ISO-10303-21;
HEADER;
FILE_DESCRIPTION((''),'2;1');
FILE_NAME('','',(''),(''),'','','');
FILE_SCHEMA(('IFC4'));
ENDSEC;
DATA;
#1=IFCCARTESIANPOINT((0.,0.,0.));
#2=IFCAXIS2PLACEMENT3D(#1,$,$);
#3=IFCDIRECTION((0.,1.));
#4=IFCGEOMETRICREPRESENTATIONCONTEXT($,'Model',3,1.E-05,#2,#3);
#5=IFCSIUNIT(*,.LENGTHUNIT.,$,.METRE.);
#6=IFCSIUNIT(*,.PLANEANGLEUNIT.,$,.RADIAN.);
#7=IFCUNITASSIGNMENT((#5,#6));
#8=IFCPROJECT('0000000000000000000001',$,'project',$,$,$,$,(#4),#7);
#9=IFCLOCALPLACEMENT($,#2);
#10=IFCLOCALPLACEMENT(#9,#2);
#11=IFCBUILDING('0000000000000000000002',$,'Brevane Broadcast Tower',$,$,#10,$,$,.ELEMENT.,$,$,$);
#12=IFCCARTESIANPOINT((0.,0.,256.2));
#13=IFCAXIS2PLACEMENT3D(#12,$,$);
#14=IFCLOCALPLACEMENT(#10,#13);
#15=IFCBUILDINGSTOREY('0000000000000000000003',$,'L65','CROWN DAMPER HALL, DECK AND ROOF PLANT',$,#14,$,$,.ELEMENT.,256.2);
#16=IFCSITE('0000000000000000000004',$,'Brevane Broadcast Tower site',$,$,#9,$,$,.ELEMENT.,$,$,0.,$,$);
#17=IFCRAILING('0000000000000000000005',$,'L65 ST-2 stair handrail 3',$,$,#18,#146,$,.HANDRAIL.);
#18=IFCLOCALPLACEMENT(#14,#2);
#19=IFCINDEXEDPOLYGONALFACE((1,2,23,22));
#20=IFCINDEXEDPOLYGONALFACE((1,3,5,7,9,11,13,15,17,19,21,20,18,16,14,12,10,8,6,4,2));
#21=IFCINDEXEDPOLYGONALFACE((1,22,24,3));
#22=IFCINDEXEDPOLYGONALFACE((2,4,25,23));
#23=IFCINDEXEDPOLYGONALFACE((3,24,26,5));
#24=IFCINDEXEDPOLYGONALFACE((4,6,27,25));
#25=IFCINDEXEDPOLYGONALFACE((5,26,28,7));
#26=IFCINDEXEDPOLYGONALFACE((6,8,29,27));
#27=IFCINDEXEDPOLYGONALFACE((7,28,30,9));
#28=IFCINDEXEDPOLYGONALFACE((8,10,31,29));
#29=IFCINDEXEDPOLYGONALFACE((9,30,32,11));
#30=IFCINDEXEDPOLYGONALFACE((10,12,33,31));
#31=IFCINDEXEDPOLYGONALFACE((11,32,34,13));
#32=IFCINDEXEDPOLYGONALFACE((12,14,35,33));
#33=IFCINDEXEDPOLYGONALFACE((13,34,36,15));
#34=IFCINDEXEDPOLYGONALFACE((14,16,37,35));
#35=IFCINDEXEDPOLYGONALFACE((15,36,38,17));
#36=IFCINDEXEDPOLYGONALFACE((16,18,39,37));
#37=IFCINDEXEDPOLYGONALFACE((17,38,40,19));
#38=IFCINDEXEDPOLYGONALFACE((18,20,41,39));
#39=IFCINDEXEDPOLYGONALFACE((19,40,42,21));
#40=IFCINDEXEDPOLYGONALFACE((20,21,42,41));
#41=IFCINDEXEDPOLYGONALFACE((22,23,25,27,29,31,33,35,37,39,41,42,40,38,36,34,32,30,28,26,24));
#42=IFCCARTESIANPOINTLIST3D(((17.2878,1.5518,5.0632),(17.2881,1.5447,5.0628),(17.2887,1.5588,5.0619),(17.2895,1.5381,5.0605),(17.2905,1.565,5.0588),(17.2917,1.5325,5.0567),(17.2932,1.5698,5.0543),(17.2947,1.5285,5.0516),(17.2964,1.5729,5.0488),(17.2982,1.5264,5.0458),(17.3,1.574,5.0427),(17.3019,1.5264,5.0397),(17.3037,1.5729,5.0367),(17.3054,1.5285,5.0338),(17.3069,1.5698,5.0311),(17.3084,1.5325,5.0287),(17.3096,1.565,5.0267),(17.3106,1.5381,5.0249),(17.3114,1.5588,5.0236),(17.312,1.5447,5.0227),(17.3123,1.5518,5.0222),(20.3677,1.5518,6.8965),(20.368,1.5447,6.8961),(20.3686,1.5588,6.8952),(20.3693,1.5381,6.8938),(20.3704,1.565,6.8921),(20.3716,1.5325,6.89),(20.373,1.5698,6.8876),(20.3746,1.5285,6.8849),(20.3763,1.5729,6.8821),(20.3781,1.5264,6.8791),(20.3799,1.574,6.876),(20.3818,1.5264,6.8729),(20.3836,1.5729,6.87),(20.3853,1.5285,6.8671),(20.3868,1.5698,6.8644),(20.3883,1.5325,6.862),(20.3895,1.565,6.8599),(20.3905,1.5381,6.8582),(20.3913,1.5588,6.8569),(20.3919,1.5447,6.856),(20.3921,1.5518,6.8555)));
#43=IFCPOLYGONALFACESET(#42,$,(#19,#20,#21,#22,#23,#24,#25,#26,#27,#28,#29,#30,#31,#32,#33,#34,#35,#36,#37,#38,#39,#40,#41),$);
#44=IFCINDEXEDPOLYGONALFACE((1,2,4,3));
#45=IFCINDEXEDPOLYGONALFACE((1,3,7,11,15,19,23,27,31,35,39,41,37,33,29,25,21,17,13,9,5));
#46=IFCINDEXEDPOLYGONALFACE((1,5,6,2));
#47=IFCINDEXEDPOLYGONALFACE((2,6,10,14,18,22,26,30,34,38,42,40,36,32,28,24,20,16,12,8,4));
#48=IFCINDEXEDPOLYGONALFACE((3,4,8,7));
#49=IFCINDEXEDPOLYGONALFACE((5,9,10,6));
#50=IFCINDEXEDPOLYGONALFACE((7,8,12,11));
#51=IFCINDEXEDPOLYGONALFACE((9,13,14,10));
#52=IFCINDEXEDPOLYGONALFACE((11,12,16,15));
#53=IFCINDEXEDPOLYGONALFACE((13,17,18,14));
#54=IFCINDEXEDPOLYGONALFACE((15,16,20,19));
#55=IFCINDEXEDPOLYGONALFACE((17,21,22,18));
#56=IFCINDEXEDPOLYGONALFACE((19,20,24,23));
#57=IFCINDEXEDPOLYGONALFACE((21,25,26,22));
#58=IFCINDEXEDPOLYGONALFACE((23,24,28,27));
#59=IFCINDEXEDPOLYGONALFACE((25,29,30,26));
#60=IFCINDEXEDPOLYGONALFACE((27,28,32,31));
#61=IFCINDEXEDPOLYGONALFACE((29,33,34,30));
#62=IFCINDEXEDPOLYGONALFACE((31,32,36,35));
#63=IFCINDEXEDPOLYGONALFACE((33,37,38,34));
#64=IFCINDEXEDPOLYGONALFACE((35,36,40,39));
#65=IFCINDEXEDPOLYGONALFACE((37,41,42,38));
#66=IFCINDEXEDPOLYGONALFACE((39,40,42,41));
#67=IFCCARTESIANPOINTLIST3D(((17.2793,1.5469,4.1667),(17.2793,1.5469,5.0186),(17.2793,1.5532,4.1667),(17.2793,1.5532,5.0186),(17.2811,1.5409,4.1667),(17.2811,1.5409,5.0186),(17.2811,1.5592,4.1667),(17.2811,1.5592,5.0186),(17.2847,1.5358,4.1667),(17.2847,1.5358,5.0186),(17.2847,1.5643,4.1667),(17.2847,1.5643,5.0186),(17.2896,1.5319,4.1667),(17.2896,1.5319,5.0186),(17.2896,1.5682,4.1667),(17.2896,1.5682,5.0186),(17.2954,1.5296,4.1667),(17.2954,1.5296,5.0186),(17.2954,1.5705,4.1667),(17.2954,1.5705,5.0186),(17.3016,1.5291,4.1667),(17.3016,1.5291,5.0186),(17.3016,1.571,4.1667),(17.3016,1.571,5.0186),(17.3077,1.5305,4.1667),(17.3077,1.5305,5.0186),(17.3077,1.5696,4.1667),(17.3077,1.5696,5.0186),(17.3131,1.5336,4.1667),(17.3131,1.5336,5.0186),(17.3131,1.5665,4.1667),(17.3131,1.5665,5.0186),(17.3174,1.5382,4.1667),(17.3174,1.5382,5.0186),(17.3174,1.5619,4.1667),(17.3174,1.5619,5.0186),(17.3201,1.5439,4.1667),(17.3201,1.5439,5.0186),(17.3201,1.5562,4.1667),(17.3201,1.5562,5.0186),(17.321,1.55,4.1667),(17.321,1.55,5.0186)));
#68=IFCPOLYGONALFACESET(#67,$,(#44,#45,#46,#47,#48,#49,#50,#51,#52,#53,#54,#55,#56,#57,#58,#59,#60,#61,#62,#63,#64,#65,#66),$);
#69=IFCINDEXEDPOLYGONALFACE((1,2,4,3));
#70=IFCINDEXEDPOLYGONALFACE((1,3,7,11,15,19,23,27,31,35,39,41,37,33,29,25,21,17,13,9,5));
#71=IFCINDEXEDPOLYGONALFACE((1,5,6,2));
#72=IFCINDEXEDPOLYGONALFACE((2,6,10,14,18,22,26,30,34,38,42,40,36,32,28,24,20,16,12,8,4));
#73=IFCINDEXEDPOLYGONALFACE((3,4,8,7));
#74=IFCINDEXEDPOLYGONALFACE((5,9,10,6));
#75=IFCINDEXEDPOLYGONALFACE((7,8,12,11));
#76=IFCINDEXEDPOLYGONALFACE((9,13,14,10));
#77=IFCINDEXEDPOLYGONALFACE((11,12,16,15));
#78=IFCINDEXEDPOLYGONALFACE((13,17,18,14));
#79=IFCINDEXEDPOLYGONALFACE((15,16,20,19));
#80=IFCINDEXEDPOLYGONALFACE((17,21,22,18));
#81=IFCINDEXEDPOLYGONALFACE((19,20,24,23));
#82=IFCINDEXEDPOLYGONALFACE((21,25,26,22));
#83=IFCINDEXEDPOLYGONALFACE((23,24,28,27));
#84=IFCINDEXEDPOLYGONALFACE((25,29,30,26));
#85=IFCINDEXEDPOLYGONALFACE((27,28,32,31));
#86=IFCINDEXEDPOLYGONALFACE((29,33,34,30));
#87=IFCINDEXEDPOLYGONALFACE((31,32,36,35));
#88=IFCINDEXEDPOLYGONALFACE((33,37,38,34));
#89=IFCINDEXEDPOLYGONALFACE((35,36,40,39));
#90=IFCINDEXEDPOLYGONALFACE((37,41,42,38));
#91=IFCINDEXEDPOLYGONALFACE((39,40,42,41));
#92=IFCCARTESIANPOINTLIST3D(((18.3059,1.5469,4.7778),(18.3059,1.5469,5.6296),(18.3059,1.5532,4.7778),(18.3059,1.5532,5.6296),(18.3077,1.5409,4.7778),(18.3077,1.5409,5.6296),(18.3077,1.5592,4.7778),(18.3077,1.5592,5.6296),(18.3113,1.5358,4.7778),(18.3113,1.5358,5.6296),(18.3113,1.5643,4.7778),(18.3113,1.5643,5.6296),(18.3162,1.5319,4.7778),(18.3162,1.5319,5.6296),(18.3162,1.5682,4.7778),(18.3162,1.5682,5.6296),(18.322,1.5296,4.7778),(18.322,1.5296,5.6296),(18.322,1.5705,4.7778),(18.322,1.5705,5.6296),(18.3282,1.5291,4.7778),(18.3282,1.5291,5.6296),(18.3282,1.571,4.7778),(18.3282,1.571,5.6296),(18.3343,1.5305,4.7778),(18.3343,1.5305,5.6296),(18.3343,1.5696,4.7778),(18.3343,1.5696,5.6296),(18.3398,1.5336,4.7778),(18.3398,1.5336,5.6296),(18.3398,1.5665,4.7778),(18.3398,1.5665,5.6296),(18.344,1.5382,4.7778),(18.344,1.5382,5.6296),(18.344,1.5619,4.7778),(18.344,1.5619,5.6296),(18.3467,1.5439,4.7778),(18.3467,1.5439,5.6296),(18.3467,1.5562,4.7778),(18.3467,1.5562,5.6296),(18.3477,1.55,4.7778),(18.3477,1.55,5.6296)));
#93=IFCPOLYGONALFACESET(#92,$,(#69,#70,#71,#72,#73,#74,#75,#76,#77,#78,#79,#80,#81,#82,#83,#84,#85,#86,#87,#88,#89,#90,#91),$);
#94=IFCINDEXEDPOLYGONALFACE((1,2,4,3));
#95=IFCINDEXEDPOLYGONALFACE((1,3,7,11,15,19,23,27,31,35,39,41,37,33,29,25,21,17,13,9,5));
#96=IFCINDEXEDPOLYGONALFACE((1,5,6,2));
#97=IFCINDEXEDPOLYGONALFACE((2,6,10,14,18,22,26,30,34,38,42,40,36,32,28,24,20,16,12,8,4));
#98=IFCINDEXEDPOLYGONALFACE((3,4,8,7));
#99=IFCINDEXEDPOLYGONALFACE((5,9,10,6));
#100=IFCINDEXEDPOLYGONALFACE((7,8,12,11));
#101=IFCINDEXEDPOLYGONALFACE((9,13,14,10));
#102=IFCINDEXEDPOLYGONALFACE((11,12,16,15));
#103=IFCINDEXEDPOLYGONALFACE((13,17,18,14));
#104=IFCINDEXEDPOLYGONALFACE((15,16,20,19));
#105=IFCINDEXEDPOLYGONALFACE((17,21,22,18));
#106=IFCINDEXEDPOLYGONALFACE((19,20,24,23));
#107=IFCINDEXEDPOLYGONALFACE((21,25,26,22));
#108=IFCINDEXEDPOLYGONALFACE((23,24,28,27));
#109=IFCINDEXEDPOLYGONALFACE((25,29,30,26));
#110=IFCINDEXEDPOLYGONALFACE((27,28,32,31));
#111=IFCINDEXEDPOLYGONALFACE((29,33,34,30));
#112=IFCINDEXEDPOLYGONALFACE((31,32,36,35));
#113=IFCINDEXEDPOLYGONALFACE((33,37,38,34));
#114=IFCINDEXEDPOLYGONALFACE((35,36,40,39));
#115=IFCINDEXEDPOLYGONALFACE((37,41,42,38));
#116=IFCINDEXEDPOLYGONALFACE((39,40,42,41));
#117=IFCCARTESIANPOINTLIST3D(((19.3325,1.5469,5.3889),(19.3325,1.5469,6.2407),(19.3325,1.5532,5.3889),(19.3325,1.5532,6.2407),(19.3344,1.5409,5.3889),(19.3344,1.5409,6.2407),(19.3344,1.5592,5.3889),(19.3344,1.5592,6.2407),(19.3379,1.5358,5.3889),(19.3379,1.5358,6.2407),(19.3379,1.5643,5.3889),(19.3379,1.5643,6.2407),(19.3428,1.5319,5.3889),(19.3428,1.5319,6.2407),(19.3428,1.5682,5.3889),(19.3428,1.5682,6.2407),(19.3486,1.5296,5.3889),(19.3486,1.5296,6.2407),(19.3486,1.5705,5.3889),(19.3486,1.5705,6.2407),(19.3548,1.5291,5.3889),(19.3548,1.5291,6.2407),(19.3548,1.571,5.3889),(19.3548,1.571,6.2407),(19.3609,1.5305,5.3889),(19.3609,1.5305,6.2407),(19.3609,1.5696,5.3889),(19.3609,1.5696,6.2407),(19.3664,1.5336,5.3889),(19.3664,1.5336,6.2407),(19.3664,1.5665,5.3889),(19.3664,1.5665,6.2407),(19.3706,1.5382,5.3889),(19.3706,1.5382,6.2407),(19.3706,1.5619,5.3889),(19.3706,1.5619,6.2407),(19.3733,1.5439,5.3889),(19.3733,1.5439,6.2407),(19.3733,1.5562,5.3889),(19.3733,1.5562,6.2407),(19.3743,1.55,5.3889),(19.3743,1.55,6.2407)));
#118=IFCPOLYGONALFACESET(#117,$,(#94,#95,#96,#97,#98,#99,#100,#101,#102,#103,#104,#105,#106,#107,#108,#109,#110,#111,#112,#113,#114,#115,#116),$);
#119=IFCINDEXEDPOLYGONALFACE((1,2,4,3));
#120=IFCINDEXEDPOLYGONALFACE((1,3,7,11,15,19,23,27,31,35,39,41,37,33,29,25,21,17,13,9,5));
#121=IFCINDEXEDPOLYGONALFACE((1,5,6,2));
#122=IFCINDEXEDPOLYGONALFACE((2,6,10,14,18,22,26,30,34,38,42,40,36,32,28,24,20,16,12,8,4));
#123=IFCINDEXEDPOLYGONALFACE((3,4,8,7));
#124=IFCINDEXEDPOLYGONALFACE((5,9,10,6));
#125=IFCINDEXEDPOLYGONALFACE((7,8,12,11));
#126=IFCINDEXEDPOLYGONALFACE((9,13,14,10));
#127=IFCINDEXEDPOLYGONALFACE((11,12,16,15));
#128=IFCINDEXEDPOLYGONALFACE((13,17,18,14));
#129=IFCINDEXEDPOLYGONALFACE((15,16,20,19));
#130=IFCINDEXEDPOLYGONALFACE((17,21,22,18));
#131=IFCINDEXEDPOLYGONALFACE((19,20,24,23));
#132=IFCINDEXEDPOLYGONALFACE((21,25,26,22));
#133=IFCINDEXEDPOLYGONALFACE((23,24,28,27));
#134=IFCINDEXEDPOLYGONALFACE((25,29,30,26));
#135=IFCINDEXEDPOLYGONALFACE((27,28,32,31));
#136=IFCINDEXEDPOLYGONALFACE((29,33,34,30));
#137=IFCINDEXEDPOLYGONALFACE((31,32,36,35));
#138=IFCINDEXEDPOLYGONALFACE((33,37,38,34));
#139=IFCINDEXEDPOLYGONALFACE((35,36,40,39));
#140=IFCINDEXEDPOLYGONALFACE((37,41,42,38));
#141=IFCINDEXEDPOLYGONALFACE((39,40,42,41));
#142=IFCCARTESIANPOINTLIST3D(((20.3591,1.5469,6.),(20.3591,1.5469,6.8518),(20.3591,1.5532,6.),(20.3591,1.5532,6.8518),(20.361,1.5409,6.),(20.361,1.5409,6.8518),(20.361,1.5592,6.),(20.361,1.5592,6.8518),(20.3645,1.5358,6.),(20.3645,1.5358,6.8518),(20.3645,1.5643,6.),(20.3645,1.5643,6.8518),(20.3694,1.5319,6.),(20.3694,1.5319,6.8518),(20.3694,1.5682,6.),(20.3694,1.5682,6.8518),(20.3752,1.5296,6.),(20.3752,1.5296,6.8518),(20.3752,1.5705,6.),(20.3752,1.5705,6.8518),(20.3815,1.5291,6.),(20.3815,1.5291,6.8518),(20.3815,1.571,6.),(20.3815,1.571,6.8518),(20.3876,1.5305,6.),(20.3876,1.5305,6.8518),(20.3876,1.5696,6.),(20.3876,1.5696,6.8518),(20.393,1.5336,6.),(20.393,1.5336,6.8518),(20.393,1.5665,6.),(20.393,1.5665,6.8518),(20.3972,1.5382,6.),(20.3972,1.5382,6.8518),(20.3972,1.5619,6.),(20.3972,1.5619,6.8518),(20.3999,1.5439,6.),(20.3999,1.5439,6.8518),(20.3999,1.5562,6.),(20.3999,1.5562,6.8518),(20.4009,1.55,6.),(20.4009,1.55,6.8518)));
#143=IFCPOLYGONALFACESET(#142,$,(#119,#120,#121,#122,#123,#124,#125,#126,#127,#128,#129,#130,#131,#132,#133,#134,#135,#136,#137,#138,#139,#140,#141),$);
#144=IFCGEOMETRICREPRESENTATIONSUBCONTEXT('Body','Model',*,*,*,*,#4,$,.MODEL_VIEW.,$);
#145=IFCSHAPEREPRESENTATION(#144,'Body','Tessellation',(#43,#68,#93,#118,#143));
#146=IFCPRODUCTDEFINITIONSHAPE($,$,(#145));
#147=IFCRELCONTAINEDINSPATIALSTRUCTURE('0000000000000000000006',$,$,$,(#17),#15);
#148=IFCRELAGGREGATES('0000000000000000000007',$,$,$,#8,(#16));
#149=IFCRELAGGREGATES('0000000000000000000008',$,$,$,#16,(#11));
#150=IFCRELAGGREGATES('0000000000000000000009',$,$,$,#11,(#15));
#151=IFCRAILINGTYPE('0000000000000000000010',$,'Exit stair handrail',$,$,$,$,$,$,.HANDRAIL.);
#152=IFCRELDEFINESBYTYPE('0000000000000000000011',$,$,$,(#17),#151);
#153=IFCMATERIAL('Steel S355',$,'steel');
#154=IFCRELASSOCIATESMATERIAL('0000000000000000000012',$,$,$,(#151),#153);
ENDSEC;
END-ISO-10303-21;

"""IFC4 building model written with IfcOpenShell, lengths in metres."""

from ifc_helpers import new_model, si_unit, direction, frame, origin, origin_2d, place, context, subcontext, project, spatial, circle, extrude, material, type_object, element, save


model = new_model("IFC4")

# Units and contexts
model_context = context("Model", 3, precision=1e-05, world=origin(), true_north=direction((0.0, 1.0)))
body_context = subcontext(model_context, "Body", "Model", "MODEL_VIEW")
ifc_project = project(units=[si_unit("LENGTHUNIT", "METRE"), si_unit("PLANEANGLEUNIT", "RADIAN")], contexts=[model_context])

# Site, building, storey
site_placement = place(None, origin())
site = spatial("IfcSite", under=ifc_project, at=site_placement, Name="Brevane Broadcast Tower site", CompositionType="ELEMENT", RefElevation=0.0)
building_placement = place(site_placement, origin())
building = spatial("IfcBuilding", under=site, at=building_placement, Name="Brevane Broadcast Tower", CompositionType="ELEMENT")
storey_placement = place(building_placement, frame((0.0, 0.0, 256.2)))
storey = spatial("IfcBuildingStorey", under=building, at=storey_placement, Name="L65", Description="CROWN DAMPER HALL, DECK AND ROOF PLANT", CompositionType="ELEMENT", Elevation=256.2)

# Shared definitions
ifc_material_1 = material(Name="Steel S355", Category="steel")

# Railing
railing_type = type_object("IfcRailingType", Name="Exit stair handrail", PredefinedType="HANDRAIL", material=ifc_material_1)
for number, where, name in (
    (1, (17.3, 1.55, 4.1667), "L65 ST-2 stair handrail 3"),
):
    element("IfcRailing", number, at=place(storey_placement, frame(where)), inside=storey, type_object=railing_type, Name=name, PredefinedType="HANDRAIL", context=body_context, shape_type="SweptSolid", body=[
        extrude(circle(Radius=0.0239, at=origin_2d()), frame((0.0, 0.0, 0.876), z_axis=(0.859291, 0.0, 0.511487), x_axis=(0.0, 1.0, 0.0)), (0.0, 0.0, 1.0), 3.5842),
        extrude(circle(Radius=0.021, at=origin_2d()), origin(), (0.0, 0.0, 1.0), 0.8518),
        extrude(circle(Radius=0.021, at=origin_2d()), frame((1.0266, 0.0, 0.6111)), (0.0, 0.0, 1.0), 0.8518),
        extrude(circle(Radius=0.021, at=origin_2d()), frame((2.0532, 0.0, 1.2222)), (0.0, 0.0, 1.0), 0.8518),
        extrude(circle(Radius=0.021, at=origin_2d()), frame((3.0798, 0.0, 1.8333)), (0.0, 0.0, 1.0), 0.8518),
    ])

save(model, "model.ifc")
